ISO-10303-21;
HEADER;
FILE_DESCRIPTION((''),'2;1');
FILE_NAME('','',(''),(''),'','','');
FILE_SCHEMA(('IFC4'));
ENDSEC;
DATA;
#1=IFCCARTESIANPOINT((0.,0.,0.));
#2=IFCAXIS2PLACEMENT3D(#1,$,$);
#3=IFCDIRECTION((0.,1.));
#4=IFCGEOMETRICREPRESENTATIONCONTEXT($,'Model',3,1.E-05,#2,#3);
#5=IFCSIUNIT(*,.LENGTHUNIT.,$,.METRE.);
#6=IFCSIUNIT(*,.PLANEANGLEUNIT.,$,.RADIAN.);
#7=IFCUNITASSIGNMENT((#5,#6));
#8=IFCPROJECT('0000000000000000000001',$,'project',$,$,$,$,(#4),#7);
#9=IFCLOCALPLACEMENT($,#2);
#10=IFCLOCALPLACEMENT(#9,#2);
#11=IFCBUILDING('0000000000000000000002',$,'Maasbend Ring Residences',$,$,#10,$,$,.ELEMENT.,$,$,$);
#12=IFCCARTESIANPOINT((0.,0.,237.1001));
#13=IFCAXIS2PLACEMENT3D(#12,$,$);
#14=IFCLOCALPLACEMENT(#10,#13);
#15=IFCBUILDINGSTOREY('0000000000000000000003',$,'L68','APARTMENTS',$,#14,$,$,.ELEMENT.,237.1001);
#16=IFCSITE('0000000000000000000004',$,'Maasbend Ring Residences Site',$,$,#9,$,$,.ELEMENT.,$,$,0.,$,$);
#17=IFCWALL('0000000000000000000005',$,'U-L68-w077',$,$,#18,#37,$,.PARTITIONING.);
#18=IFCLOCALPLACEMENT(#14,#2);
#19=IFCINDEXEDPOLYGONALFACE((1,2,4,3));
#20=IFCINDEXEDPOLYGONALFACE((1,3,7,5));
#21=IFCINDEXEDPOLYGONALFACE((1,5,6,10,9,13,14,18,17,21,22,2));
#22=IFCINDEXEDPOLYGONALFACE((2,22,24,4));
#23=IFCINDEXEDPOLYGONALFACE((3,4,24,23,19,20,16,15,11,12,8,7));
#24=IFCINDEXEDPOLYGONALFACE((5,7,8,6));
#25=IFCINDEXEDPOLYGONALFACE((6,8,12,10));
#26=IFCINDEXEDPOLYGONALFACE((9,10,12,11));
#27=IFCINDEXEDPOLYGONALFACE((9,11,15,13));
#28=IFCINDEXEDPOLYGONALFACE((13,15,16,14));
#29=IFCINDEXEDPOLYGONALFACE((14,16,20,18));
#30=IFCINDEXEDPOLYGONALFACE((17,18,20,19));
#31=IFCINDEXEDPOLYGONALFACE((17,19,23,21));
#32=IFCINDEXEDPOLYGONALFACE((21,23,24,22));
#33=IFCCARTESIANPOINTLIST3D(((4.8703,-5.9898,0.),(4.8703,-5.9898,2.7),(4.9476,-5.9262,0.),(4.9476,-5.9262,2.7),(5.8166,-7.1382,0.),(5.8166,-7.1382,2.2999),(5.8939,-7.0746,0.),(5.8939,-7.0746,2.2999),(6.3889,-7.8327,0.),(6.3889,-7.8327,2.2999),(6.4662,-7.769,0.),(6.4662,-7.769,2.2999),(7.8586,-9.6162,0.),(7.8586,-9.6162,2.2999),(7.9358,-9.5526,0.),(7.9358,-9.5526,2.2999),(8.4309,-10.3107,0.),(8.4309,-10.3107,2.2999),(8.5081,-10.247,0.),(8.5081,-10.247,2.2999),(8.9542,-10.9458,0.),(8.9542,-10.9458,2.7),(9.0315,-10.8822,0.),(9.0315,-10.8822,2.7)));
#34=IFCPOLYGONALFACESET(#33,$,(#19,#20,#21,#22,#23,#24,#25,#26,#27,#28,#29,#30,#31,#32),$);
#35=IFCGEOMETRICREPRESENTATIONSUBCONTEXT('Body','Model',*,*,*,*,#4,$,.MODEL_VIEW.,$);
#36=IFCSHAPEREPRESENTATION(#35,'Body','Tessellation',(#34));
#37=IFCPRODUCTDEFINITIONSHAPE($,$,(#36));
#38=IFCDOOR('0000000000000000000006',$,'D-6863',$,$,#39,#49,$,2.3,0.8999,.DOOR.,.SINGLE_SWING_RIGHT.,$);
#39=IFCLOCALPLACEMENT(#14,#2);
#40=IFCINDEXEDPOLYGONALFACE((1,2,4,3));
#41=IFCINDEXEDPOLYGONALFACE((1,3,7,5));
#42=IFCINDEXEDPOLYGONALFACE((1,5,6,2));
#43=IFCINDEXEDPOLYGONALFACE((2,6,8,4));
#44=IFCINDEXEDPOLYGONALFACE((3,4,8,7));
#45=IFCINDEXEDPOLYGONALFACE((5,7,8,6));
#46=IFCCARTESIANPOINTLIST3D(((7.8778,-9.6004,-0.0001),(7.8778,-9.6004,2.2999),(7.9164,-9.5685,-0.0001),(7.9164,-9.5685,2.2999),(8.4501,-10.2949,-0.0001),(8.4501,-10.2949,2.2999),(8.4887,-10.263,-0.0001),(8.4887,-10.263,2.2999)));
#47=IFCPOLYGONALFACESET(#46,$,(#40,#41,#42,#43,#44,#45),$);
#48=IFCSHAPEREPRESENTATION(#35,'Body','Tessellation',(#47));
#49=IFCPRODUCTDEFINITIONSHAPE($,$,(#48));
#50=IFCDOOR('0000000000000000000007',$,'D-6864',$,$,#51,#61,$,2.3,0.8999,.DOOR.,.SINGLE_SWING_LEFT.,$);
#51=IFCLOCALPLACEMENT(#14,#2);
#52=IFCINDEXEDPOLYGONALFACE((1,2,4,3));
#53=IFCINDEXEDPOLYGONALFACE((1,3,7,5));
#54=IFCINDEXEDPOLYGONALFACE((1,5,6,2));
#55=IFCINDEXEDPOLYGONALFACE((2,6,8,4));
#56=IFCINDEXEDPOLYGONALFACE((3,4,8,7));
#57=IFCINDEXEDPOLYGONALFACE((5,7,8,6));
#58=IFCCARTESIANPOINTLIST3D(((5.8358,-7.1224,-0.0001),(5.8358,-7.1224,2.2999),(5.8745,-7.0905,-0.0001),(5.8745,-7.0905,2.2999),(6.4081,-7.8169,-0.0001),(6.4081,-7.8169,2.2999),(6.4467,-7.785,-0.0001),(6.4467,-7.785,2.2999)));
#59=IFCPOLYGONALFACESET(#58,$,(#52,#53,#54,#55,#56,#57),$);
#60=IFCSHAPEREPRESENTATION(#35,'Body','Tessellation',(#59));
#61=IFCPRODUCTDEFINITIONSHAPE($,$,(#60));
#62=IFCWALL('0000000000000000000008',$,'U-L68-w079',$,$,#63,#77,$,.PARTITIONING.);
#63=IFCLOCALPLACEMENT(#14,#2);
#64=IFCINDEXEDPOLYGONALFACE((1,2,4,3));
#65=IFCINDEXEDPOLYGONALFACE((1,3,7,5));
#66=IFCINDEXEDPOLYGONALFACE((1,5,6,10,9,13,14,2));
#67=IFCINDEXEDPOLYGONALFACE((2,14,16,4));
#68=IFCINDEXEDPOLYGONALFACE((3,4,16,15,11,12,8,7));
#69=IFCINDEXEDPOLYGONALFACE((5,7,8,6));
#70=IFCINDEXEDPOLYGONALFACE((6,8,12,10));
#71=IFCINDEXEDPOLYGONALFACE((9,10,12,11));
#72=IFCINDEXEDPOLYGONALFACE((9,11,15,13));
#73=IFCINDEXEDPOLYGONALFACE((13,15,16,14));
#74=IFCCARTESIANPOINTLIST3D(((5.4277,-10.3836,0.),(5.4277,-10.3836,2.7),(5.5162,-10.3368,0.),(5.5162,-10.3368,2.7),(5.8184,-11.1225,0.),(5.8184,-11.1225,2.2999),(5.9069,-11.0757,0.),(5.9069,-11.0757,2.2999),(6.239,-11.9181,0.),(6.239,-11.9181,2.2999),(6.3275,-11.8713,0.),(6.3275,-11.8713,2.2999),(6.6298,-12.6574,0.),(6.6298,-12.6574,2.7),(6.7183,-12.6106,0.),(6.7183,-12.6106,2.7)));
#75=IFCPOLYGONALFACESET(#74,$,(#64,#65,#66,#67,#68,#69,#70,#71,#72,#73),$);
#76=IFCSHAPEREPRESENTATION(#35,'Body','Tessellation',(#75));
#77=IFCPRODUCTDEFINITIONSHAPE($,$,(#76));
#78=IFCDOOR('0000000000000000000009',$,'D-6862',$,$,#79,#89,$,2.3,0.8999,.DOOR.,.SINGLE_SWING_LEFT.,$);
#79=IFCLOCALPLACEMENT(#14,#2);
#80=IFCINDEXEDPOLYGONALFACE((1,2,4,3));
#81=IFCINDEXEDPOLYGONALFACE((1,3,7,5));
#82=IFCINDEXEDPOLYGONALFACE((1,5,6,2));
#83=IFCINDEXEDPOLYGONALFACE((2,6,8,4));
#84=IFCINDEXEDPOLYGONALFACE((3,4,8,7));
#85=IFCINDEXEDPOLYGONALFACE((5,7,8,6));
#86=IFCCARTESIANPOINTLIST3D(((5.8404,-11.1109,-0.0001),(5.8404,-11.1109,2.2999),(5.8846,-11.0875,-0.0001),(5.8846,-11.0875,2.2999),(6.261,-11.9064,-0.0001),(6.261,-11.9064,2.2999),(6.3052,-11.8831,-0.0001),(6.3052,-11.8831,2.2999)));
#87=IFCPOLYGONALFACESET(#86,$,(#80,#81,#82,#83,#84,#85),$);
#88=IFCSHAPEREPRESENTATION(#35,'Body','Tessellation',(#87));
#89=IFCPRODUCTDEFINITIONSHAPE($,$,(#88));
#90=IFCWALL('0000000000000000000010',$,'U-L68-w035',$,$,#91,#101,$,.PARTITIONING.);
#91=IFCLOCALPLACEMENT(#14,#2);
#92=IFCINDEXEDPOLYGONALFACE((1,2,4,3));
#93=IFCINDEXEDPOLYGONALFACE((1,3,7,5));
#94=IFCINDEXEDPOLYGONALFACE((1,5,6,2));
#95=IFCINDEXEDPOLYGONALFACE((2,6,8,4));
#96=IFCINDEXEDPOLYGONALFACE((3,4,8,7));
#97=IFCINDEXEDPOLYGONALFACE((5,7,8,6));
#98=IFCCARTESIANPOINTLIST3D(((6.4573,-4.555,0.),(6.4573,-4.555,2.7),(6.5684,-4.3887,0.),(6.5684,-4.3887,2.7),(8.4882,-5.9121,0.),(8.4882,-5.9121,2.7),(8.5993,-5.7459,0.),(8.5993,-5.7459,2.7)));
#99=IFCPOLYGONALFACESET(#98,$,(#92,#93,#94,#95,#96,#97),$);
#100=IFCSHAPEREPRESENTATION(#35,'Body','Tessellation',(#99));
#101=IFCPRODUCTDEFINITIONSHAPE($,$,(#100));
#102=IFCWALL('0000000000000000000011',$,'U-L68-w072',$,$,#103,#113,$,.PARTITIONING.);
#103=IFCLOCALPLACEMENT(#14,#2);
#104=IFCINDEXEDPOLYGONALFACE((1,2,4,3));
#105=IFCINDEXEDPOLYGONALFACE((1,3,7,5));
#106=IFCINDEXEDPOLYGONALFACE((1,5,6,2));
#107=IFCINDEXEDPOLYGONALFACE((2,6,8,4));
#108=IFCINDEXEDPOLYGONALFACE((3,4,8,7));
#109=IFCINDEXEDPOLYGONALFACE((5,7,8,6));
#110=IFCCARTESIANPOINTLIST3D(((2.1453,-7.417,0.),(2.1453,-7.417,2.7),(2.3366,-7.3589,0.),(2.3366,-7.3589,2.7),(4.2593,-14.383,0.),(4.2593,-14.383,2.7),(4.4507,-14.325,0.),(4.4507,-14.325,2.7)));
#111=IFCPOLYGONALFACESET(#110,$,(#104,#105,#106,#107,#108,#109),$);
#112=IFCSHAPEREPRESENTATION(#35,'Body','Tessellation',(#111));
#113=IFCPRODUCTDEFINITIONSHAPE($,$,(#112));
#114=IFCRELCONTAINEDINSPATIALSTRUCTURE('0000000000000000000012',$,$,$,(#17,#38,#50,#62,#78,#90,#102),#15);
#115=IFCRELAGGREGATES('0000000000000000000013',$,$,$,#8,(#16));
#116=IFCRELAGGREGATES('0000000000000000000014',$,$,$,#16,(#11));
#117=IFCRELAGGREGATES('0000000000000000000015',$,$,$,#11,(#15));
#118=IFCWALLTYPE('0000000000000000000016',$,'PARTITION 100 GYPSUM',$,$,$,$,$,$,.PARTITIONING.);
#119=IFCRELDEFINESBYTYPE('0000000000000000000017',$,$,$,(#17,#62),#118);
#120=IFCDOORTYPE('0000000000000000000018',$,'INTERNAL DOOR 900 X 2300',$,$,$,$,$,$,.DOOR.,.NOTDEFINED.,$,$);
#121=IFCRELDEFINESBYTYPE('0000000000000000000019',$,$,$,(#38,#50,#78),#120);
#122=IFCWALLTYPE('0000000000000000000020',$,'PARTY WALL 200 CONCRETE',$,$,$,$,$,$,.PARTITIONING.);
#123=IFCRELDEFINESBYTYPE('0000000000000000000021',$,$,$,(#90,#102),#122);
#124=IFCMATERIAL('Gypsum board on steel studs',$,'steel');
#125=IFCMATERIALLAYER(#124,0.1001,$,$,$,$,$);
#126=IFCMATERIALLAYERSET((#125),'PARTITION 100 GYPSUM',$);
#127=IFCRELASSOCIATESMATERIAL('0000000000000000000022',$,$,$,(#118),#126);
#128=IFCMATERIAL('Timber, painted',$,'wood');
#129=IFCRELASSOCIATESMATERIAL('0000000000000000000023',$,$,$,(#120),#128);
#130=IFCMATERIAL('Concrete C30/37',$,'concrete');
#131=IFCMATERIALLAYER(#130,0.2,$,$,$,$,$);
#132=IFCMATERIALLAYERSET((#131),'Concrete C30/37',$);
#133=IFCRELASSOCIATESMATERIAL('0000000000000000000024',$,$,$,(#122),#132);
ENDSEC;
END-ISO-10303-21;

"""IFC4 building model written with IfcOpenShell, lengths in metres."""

from ifc_helpers import new_model, si_unit, direction, frame, frame_2d, origin, place, context, subcontext, project, spatial, rectangle, extrude, material, layer, layer_set, type_object, element, fill, save


model = new_model("IFC4")

# Units and contexts
model_context = context("Model", 3, precision=1e-05, world=origin(), true_north=direction((0.0, 1.0)))
body_context = subcontext(model_context, "Body", "Model", "MODEL_VIEW")
ifc_project = project(units=[si_unit("LENGTHUNIT", "METRE"), si_unit("PLANEANGLEUNIT", "RADIAN")], contexts=[model_context])

# Site, building, storey
site_placement = place(None, origin())
site = spatial("IfcSite", under=ifc_project, at=site_placement, Name="Maasbend Ring Residences Site", CompositionType="ELEMENT", RefElevation=0.0)
building_placement = place(site_placement, origin())
building = spatial("IfcBuilding", under=site, at=building_placement, Name="Maasbend Ring Residences", CompositionType="ELEMENT")
storey_placement = place(building_placement, frame((0.0, 0.0, 237.1001)))
storey = spatial("IfcBuildingStorey", under=building, at=storey_placement, Name="L68", Description="APARTMENTS", CompositionType="ELEMENT", Elevation=237.1001)

# Wall, openings, doors
ifc_material_1 = material(Name="Gypsum board on steel studs", Category="steel")
ifc_layer_1 = layer(ifc_material_1, 0.1001)
ifc_layer_set_1 = layer_set([ifc_layer_1], Name="PARTITION 100 GYPSUM")
wall_type_1 = type_object("IfcWallType", Name="PARTITION 100 GYPSUM", PredefinedType="PARTITIONING", material=ifc_layer_set_1)
wall_1_placement = place(storey_placement, frame((4.9089, -5.958, 0.0), z_axis=(0.0, 0.0, 1.0), x_axis=(0.635942, -0.771737, 0.0)))
wall_1 = element("IfcWall", 1, at=wall_1_placement, inside=storey, type_object=wall_type_1, Name="U-L68-w077", PredefinedType="PARTITIONING", context=body_context, shape_type="SweptSolid", body=[
    extrude(rectangle(XDim=6.4219, YDim=0.1001, at=frame_2d((3.2109, 0.0))), origin(), (0.0, 0.0, 1.0), 2.7),
])
opening_1_placement = place(wall_1_placement, frame((4.699, 0.0, 0.0)))
opening_1 = element("IfcOpeningElement", 2, at=opening_1_placement, cuts=wall_1, PredefinedType="OPENING", context=body_context, shape_type="SweptSolid", body=[
    extrude(rectangle(XDim=0.8999, YDim=2.3, at=frame_2d((0.45, 1.1499))), frame((0.0, 0.0601, 0.0), z_axis=(0.0, -1.0, 0.0), x_axis=(1.0, 0.0, 0.0)), (0.0, 0.0, 1.0), 0.1201),
])
opening_2_placement = place(wall_1_placement, frame((1.488, 0.0, 0.0)))
opening_2 = element("IfcOpeningElement", 3, at=opening_2_placement, cuts=wall_1, PredefinedType="OPENING", context=body_context, shape_type="SweptSolid", body=[
    extrude(rectangle(XDim=0.8999, YDim=2.3, at=frame_2d((0.45, 1.1499))), frame((0.0, 0.0601, 0.0), z_axis=(0.0, -1.0, 0.0), x_axis=(1.0, 0.0, 0.0)), (0.0, 0.0, 1.0), 0.1201),
])
ifc_material_2 = material(Name="Timber, painted", Category="wood")
door_type = type_object("IfcDoorType", Name="INTERNAL DOOR 900 X 2300", OperationType="NOTDEFINED", PredefinedType="DOOR", material=ifc_material_2)
door_1_placement = place(opening_1_placement, origin())
door_1 = element("IfcDoor", 4, at=door_1_placement, inside=storey, type_object=door_type, Name="D-6863", OperationType="SINGLE_SWING_RIGHT", OverallHeight=2.3, OverallWidth=0.8999, PredefinedType="DOOR", context=body_context, shape_type="SweptSolid", body=[
    extrude(rectangle(XDim=0.8999, YDim=2.3, at=frame_2d((0.45, 1.1499))), frame((0.0, 0.0249, 0.0), z_axis=(0.0, -1.0, 0.0), x_axis=(1.0, 0.0, 0.0)), (0.0, 0.0, 1.0), 0.05),
])
fill(opening_1, door_1)
door_2_placement = place(opening_2_placement, origin())
door_2 = element("IfcDoor", 5, at=door_2_placement, inside=storey, type_object=door_type, Name="D-6864", OperationType="SINGLE_SWING_LEFT", OverallHeight=2.3, OverallWidth=0.8999, PredefinedType="DOOR", context=body_context, shape_type="SweptSolid", body=[
    extrude(rectangle(XDim=0.8999, YDim=2.3, at=frame_2d((0.45, 1.1499))), frame((0.0, 0.0249, 0.0), z_axis=(0.0, -1.0, 0.0), x_axis=(1.0, 0.0, 0.0)), (0.0, 0.0, 1.0), 0.05),
])
fill(opening_2, door_2)

# Wall, opening, door
wall_2_placement = place(storey_placement, frame((5.4719, -10.3601, 0.0), z_axis=(0.0, 0.0, 1.0), x_axis=(0.467373, -0.88406, 0.0)))
wall_2 = element("IfcWall", 6, at=wall_2_placement, inside=storey, type_object=wall_type_1, Name="U-L68-w079", PredefinedType="PARTITIONING", context=body_context, shape_type="SweptSolid", body=[
    extrude(rectangle(XDim=2.572, YDim=0.1001, at=frame_2d((1.2861, 0.0))), origin(), (0.0, 0.0, 1.0), 2.7),
])
opening_3_placement = place(wall_2_placement, frame((0.8359, 0.0, 0.0)))
opening_3 = element("IfcOpeningElement", 7, at=opening_3_placement, cuts=wall_2, PredefinedType="OPENING", context=body_context, shape_type="SweptSolid", body=[
    extrude(rectangle(XDim=0.8999, YDim=2.3, at=frame_2d((0.45, 1.1499))), frame((0.0, 0.0601, 0.0), z_axis=(0.0, -1.0, 0.0), x_axis=(1.0, 0.0, 0.0)), (0.0, 0.0, 1.0), 0.1201),
])
door_3_placement = place(opening_3_placement, origin())
door_3 = element("IfcDoor", 8, at=door_3_placement, inside=storey, type_object=door_type, Name="D-6862", OperationType="SINGLE_SWING_LEFT", OverallHeight=2.3, OverallWidth=0.8999, PredefinedType="DOOR", context=body_context, shape_type="SweptSolid", body=[
    extrude(rectangle(XDim=0.8999, YDim=2.3, at=frame_2d((0.45, 1.1499))), frame((0.0, 0.0249, 0.0), z_axis=(0.0, -1.0, 0.0), x_axis=(1.0, 0.0, 0.0)), (0.0, 0.0, 1.0), 0.05),
])
fill(opening_3, door_3)

# Walls
ifc_material_3 = material(Name="Concrete C30/37", Category="concrete")
ifc_layer_2 = layer(ifc_material_3, 0.2)
ifc_layer_set_2 = layer_set([ifc_layer_2], Name="Concrete C30/37")
wall_type_2 = type_object("IfcWallType", Name="PARTY WALL 200 CONCRETE", PredefinedType="PARTITIONING", material=ifc_layer_set_2)
wall_3_placement = place(storey_placement, frame((6.5129, -4.4719, 0.0), z_axis=(0.0, 0.0, 1.0), x_axis=(0.83145, -0.555599, 0.0)))
element("IfcWall", 9, at=wall_3_placement, inside=storey, type_object=wall_type_2, Name="U-L68-w035", PredefinedType="PARTITIONING", context=body_context, shape_type="SweptSolid", body=[
    extrude(rectangle(XDim=2.4426, YDim=0.2, at=frame_2d((1.2212, 0.0))), origin(), (0.0, 0.0, 1.0), 2.7),
])
wall_4_placement = place(storey_placement, frame((2.241, -7.3879, 0.0), z_axis=(0.0, 0.0, 1.0), x_axis=(0.290396, -0.956907, 0.0)))
element("IfcWall", 10, at=wall_4_placement, inside=storey, type_object=wall_type_2, Name="U-L68-w072", PredefinedType="PARTITIONING", context=body_context, shape_type="SweptSolid", body=[
    extrude(rectangle(XDim=7.2798, YDim=0.2, at=frame_2d((3.6399, 0.0))), origin(), (0.0, 0.0, 1.0), 2.7),
])

save(model, "model.ifc")
